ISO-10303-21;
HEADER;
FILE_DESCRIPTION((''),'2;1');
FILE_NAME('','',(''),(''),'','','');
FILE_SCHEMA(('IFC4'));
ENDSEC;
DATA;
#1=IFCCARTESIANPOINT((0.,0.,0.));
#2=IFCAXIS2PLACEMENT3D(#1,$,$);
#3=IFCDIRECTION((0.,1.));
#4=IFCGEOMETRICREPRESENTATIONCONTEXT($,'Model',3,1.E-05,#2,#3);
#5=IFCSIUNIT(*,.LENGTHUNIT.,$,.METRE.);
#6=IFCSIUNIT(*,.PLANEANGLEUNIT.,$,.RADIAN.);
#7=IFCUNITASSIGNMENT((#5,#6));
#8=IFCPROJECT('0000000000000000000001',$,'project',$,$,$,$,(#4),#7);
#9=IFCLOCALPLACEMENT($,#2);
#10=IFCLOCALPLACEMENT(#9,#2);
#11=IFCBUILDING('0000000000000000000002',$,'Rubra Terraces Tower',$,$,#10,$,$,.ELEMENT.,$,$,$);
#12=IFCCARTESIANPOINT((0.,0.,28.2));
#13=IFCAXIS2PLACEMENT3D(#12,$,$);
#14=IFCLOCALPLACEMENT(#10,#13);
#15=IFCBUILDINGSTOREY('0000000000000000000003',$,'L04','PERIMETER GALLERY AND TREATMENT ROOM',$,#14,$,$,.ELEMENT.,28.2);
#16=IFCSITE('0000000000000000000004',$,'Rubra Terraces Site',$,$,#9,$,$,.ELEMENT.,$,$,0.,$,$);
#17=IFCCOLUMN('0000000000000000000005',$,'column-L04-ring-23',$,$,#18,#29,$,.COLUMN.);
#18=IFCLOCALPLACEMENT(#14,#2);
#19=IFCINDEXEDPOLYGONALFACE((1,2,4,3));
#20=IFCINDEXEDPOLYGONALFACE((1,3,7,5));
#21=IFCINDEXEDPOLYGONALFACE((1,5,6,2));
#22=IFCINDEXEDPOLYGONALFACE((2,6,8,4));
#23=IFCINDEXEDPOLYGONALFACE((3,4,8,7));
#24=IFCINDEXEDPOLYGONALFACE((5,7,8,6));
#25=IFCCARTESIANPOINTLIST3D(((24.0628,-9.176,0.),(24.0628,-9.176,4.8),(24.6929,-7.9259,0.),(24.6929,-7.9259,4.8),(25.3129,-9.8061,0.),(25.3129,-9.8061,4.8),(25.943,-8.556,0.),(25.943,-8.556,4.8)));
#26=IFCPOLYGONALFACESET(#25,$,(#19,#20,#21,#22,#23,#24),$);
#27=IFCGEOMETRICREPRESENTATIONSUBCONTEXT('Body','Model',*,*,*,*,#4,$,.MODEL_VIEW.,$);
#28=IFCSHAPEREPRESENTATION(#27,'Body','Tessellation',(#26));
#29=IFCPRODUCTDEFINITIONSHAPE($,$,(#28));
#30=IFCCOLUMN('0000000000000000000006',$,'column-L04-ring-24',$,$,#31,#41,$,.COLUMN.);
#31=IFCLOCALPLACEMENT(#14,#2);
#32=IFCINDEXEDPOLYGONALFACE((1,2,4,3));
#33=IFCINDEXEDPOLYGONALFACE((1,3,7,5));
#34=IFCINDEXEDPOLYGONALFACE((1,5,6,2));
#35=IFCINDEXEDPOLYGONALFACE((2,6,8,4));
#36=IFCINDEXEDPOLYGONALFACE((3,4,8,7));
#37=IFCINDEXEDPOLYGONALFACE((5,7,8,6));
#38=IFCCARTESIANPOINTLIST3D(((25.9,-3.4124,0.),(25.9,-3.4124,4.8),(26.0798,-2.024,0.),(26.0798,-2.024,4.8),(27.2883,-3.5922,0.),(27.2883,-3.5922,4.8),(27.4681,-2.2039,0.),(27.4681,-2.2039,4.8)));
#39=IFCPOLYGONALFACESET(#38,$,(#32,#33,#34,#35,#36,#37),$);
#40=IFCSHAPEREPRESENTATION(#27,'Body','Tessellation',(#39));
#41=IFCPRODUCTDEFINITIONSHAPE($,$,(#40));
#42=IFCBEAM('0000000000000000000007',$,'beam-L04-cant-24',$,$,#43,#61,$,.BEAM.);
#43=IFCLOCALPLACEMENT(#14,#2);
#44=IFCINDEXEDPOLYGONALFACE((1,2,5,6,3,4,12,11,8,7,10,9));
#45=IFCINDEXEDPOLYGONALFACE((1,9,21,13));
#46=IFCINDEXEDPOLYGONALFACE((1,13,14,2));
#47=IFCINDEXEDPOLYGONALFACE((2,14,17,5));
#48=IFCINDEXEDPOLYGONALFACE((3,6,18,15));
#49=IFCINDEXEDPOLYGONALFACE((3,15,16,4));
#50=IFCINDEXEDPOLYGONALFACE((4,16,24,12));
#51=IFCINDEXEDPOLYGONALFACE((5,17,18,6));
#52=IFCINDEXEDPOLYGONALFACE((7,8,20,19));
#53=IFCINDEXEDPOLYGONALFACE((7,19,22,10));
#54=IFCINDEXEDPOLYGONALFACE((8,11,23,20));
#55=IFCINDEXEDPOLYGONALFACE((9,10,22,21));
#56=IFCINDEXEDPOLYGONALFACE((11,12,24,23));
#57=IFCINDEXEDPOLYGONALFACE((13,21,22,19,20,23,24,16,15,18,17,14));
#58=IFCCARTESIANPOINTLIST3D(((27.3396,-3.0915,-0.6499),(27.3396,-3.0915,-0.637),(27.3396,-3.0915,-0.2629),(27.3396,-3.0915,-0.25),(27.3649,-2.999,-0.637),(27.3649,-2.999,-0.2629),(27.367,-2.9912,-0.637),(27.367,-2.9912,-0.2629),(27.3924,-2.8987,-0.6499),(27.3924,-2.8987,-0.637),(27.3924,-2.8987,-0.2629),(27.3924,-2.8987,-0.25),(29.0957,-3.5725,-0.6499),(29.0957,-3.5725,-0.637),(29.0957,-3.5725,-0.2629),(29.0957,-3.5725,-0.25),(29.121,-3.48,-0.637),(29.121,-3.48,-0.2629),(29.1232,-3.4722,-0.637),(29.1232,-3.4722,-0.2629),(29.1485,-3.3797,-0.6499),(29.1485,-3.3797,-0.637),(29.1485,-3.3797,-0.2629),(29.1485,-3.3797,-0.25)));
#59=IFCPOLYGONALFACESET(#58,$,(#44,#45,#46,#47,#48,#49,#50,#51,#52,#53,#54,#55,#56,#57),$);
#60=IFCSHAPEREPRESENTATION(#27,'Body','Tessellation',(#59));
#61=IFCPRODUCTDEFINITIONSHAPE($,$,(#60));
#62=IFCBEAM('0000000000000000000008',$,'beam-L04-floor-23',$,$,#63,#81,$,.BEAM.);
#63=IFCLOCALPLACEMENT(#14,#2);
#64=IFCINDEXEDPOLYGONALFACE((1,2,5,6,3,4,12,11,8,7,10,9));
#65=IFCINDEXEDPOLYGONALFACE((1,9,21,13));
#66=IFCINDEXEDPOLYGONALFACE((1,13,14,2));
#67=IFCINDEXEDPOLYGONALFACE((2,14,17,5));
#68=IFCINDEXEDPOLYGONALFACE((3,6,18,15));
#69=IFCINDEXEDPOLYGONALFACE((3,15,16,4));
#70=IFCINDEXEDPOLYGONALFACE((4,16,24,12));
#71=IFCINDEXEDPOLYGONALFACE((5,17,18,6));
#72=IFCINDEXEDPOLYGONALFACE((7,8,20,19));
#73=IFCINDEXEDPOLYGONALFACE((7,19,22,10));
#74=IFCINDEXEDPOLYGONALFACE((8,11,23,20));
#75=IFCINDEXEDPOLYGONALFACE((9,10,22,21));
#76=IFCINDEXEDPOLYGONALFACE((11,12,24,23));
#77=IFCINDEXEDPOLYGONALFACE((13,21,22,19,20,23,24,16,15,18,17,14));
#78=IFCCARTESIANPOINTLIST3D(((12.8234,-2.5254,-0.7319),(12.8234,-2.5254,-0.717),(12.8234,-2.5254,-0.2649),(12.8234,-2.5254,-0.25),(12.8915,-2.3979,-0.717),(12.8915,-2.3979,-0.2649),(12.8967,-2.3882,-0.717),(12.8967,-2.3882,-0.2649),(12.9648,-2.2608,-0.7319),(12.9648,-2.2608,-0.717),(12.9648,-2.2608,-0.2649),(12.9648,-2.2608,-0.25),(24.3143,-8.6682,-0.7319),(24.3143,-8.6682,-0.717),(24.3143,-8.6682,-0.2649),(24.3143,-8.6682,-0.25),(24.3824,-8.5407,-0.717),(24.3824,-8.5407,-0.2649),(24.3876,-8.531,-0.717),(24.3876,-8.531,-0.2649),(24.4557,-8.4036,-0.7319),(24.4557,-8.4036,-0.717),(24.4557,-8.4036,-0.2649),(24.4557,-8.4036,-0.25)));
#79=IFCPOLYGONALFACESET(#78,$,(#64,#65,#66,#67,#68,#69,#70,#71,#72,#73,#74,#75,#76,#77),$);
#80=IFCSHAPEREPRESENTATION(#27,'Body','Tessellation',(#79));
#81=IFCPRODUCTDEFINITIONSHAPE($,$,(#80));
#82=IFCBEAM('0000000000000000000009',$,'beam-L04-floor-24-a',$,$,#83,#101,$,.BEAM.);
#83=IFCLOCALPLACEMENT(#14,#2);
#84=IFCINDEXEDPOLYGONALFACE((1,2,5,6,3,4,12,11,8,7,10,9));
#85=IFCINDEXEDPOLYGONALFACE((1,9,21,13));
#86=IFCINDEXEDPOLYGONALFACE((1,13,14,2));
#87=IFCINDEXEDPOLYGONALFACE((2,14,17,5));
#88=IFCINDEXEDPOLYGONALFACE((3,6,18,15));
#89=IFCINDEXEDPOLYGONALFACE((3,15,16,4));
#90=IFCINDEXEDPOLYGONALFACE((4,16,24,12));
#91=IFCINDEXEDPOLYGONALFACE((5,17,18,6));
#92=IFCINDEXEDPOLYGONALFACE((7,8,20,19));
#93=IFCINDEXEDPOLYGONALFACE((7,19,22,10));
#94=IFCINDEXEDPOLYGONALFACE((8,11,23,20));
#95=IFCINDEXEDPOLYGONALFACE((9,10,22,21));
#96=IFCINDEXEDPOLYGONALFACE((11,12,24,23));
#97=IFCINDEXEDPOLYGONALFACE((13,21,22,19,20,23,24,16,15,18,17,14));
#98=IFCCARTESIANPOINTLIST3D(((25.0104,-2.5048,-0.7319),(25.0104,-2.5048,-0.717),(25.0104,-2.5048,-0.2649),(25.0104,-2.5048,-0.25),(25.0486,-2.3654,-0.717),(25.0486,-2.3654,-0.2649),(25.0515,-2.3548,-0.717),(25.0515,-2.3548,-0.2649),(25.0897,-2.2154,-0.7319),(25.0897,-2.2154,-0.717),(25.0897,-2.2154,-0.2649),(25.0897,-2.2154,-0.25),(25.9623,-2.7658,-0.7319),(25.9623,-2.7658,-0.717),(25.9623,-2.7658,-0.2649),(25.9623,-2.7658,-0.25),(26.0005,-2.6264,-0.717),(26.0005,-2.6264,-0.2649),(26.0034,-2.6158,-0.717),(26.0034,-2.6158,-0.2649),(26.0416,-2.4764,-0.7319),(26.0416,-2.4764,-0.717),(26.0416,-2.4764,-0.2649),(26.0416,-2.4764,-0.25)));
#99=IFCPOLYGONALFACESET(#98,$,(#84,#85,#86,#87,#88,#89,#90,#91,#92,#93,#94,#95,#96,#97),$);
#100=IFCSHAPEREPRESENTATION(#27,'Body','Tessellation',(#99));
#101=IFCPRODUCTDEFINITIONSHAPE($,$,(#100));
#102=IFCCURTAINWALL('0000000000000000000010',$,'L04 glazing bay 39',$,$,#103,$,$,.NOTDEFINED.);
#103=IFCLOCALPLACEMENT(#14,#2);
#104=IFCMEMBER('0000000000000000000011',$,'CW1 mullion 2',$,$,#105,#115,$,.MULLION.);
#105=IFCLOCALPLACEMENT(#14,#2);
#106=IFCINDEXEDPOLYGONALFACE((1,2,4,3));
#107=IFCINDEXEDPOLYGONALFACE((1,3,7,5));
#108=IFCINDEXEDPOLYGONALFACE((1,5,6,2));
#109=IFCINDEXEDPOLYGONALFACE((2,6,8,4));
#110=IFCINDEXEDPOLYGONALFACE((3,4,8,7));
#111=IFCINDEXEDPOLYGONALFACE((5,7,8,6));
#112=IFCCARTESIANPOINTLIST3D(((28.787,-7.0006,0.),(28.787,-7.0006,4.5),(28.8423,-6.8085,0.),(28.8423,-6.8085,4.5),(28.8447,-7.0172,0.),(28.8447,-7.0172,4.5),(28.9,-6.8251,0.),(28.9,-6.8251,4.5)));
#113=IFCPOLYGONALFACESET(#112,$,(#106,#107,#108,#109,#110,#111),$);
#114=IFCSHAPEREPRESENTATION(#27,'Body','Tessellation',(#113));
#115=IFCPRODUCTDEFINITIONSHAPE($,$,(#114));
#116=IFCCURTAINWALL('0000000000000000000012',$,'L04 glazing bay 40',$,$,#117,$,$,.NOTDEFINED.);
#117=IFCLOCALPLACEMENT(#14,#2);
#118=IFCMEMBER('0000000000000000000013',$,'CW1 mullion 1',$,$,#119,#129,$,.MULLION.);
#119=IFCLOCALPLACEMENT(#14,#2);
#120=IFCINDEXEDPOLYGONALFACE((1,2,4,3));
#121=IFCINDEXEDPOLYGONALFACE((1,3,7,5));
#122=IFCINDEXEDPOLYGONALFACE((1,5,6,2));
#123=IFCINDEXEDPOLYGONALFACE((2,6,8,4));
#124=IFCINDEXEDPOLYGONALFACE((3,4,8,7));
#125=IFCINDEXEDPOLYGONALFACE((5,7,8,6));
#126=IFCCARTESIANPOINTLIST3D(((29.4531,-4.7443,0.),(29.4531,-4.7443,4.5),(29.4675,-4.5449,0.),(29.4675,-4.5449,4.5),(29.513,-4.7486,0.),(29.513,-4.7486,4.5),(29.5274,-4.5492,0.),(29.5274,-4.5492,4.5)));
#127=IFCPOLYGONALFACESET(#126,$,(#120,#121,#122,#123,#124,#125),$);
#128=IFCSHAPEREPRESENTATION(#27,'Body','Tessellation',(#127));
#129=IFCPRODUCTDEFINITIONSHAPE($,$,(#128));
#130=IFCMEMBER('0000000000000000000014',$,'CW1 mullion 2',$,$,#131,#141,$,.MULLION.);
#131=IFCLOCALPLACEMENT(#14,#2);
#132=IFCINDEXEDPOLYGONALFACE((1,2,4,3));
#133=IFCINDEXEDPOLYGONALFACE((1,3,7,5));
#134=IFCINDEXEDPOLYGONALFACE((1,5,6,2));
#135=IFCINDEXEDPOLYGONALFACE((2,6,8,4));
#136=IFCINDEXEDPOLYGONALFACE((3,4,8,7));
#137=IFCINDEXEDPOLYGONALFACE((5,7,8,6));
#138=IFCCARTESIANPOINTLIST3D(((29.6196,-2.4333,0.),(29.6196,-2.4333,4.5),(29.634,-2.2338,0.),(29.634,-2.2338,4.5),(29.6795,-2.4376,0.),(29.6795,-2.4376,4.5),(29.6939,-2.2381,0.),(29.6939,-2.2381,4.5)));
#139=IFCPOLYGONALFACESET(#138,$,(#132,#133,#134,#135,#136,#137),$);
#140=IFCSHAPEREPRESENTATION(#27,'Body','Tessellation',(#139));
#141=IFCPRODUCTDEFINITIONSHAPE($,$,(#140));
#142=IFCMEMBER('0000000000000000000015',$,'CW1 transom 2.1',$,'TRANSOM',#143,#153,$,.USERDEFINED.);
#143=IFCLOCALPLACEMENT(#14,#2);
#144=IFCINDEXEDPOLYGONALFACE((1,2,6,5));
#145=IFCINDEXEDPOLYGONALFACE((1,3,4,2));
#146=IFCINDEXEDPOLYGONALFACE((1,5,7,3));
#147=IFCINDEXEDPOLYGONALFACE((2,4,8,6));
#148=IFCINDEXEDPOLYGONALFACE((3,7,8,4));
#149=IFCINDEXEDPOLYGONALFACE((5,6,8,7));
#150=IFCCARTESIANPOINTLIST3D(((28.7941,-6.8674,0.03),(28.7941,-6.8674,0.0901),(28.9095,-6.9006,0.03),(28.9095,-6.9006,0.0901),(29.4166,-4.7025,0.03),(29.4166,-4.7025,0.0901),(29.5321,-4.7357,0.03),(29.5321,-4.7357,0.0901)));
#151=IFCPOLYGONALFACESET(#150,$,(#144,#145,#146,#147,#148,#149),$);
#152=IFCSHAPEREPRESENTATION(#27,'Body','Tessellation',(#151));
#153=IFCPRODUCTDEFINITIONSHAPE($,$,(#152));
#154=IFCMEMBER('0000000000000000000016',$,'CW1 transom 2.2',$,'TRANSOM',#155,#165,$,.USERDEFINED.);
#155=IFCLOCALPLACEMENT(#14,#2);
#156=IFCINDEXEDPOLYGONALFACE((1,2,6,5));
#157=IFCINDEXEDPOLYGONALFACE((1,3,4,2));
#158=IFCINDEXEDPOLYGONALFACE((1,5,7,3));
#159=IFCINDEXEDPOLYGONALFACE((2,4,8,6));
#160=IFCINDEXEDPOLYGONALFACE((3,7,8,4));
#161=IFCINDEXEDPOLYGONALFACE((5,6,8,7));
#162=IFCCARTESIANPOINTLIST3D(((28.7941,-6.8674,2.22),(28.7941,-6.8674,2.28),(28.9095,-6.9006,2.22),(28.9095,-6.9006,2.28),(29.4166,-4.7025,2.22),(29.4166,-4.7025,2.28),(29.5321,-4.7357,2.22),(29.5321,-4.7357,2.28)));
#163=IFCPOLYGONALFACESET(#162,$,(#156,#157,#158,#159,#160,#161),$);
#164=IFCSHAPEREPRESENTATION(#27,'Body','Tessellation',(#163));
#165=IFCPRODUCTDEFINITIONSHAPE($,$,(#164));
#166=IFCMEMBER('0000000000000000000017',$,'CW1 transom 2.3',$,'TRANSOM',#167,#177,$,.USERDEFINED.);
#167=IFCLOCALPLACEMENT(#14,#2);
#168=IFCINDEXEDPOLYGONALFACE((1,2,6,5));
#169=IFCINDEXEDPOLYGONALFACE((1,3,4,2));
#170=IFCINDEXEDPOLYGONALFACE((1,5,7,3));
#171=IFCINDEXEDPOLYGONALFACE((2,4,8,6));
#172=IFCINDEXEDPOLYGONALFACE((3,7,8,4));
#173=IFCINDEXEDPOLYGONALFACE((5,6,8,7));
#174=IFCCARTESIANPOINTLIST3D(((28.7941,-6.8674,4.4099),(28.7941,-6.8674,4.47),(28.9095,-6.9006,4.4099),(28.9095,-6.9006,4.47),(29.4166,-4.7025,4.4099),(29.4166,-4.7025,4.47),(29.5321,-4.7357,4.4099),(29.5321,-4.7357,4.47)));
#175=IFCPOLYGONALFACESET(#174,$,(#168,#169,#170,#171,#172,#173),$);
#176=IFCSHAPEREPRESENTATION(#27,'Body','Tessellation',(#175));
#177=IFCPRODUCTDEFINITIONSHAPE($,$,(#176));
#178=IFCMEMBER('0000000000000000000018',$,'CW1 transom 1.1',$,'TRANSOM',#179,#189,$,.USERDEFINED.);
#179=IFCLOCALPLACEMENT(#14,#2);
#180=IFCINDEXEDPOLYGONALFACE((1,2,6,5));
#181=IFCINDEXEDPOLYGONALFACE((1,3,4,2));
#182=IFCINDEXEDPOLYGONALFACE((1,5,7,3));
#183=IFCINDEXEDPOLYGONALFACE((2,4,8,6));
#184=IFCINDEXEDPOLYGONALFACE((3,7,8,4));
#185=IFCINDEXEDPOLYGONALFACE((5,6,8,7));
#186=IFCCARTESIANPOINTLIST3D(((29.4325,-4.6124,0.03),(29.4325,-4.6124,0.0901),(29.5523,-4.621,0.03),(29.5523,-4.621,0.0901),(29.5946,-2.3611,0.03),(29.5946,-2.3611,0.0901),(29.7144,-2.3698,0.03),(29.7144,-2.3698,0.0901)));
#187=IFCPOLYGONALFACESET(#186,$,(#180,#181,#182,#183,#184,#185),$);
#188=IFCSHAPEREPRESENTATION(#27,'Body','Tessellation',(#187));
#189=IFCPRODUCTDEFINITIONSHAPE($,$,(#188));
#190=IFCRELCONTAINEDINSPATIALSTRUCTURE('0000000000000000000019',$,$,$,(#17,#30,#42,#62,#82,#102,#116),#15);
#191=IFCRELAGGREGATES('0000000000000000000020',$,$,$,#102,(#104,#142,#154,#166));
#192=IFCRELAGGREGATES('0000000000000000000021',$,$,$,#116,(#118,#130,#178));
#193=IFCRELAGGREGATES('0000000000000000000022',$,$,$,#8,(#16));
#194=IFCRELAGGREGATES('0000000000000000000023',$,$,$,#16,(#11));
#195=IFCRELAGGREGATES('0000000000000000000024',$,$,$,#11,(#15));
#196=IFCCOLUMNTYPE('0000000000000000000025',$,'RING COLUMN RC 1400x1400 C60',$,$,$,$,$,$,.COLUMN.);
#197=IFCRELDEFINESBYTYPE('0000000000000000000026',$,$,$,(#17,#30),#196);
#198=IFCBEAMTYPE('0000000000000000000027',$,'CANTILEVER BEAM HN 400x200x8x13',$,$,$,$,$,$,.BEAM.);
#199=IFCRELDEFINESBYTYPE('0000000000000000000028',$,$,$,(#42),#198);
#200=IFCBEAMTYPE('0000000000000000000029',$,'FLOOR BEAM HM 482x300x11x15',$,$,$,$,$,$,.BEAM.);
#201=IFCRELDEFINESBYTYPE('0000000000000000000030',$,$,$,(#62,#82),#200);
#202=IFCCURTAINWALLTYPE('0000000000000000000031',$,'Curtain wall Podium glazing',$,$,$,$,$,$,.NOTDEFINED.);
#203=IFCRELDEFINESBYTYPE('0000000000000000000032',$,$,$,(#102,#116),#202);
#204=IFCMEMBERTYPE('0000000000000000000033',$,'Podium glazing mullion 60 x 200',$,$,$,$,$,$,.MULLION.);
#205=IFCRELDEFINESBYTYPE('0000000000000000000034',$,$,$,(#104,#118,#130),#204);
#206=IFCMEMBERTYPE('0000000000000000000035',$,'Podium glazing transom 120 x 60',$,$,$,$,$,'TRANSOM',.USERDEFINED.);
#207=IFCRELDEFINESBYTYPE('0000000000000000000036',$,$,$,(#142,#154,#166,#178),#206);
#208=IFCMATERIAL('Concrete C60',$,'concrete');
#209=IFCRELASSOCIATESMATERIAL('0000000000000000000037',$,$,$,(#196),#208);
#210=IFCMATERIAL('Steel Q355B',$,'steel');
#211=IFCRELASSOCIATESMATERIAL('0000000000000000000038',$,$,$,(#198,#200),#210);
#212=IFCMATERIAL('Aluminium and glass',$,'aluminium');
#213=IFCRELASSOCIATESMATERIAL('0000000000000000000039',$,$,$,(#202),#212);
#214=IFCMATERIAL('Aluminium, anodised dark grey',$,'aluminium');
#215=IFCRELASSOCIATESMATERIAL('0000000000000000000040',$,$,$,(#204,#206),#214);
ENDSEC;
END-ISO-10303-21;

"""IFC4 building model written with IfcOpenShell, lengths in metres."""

from ifc_helpers import new_model, si_unit, direction, frame, origin, origin_2d, place, context, subcontext, project, spatial, rectangle, i_section, extrude, material, material_profile, profile_set, type_object, element, aggregate, save


model = new_model("IFC4")

# Units and contexts
model_context = context("Model", 3, precision=1e-05, world=origin(), true_north=direction((0.0, 1.0)))
body_context = subcontext(model_context, "Body", "Model", "MODEL_VIEW")
ifc_project = project(units=[si_unit("LENGTHUNIT", "METRE"), si_unit("PLANEANGLEUNIT", "RADIAN")], contexts=[model_context])

# Site, building, storey
site_placement = place(None, origin())
site = spatial("IfcSite", under=ifc_project, at=site_placement, Name="Rubra Terraces Site", CompositionType="ELEMENT", RefElevation=0.0)
building_placement = place(site_placement, origin())
building = spatial("IfcBuilding", under=site, at=building_placement, Name="Rubra Terraces Tower", CompositionType="ELEMENT")
storey_placement = place(building_placement, frame((0.0, 0.0, 28.2)))
storey = spatial("IfcBuildingStorey", under=building, at=storey_placement, Name="L04", Description="PERIMETER GALLERY AND TREATMENT ROOM", CompositionType="ELEMENT", Elevation=28.2)

# Columns
ifc_material_1 = material(Name="Concrete C60", Category="concrete")
ifc_material_profile_1 = material_profile(ifc_material_1, rectangle(XDim=1.3999, YDim=1.3999, at=origin_2d()), Name="RC 1400x1400")
ifc_profile_set_1 = profile_set([ifc_material_profile_1], Name="Concrete C60")
column_type = type_object("IfcColumnType", Name="RING COLUMN RC 1400x1400 C60", PredefinedType="COLUMN", material=ifc_profile_set_1)
for number, where, z_axis, x_axis, name in (
    (1, (25.0029, -8.866, 0.0), (0.0, 0.0, 1.0), (0.450099, 0.892979, 0.0), "column-L04-ring-23"),
    (2, (26.6841, -2.8081, 0.0), (0.0, 0.0, 1.0), (0.128445, 0.991717, 0.0), "column-L04-ring-24"),
):
    element("IfcColumn", number, at=place(storey_placement, frame(where, z_axis=z_axis, x_axis=x_axis)), inside=storey, type_object=column_type, Name=name, PredefinedType="COLUMN", context=body_context, shape_type="SweptSolid", body=[
        extrude(rectangle(XDim=1.3999, YDim=1.3999, at=origin_2d()), origin(), (0.0, 0.0, 1.0), 4.8),
    ])

# Beams
ifc_material_2 = material(Name="Steel Q355B", Category="steel")
ifc_material_profile_2 = material_profile(ifc_material_2, i_section(OverallWidth=0.2, OverallDepth=0.3999, WebThickness=0.0081, FlangeThickness=0.0129, at=origin_2d()), Name="HN 400x200x8x13")
ifc_profile_set_2 = profile_set([ifc_material_profile_2], Name="Steel Q355B")
beam_type_1 = type_object("IfcBeamType", Name="CANTILEVER BEAM HN 400x200x8x13", PredefinedType="BEAM", material=ifc_profile_set_2)
beam_1_placement = place(storey_placement, frame((27.366, -2.9951, -0.45), z_axis=(0.964482, -0.26415, 0.0), x_axis=(0.26415, 0.964482, 0.0)))
element("IfcBeam", 3, at=beam_1_placement, inside=storey, type_object=beam_type_1, Name="beam-L04-cant-24", PredefinedType="BEAM", context=body_context, shape_type="SweptSolid", body=[
    extrude(i_section(OverallWidth=0.2, OverallDepth=0.3999, WebThickness=0.0081, FlangeThickness=0.0129, at=origin_2d()), origin(), (0.0, 0.0, 1.0), 1.8208),
])
ifc_material_profile_3 = material_profile(ifc_material_2, i_section(OverallWidth=0.3, OverallDepth=0.4819, WebThickness=0.011, FlangeThickness=0.0149, at=origin_2d()), Name="HM 482x300x11x15")
ifc_profile_set_3 = profile_set([ifc_material_profile_3], Name="Steel Q355B")
beam_type_2 = type_object("IfcBeamType", Name="FLOOR BEAM HM 482x300x11x15", PredefinedType="BEAM", material=ifc_profile_set_3)
beam_2_placement = place(storey_placement, frame((24.385, -8.5359, -0.491), z_axis=(-0.881897, 0.471443, 0.0), x_axis=(-0.471443, -0.881897, 0.0)))
element("IfcBeam", 4, at=beam_2_placement, inside=storey, type_object=beam_type_2, Name="beam-L04-floor-23", PredefinedType="BEAM", context=body_context, shape_type="SweptSolid", body=[
    extrude(i_section(OverallWidth=0.3, OverallDepth=0.4819, WebThickness=0.011, FlangeThickness=0.0149, at=origin_2d()), origin(), (0.0, 0.0, 1.0), 13.0298),
])
beam_3_placement = place(storey_placement, frame((26.002, -2.6211, -0.491), z_axis=(-0.964409, 0.264415, 0.0), x_axis=(-0.264415, -0.964409, 0.0)))
element("IfcBeam", 5, at=beam_3_placement, inside=storey, type_object=beam_type_2, Name="beam-L04-floor-24-a", PredefinedType="BEAM", context=body_context, shape_type="SweptSolid", body=[
    extrude(i_section(OverallWidth=0.3, OverallDepth=0.4819, WebThickness=0.011, FlangeThickness=0.0149, at=origin_2d()), origin(), (0.0, 0.0, 1.0), 0.9871),
])

# Curtain wall, member
ifc_material_3 = material(Name="Aluminium and glass", Category="aluminium")
curtain_wall_type = type_object("IfcCurtainWallType", Name="Curtain wall Podium glazing", PredefinedType="NOTDEFINED", material=ifc_material_3)
curtain_wall_1_placement = place(storey_placement, origin())
curtain_wall_1 = element("IfcCurtainWall", 6, at=curtain_wall_1_placement, inside=storey, type_object=curtain_wall_type, Name="L04 glazing bay 39", PredefinedType="NOTDEFINED")
ifc_material_4 = material(Name="Aluminium, anodised dark grey", Category="aluminium")
ifc_material_profile_4 = material_profile(ifc_material_4, rectangle(XDim=0.0601, YDim=0.2, at=origin_2d()), Name="AL 60x200")
ifc_profile_set_4 = profile_set([ifc_material_profile_4], Name="Aluminium, anodised dark grey")
member_type_1 = type_object("IfcMemberType", Name="Podium glazing mullion 60 x 200", PredefinedType="MULLION", material=ifc_profile_set_4)
member_1_placement = place(storey_placement, frame((28.8435, -6.9128, 0.0), z_axis=(0.0, 0.0, 1.0), x_axis=(-0.961047, 0.276384, 0.0)))
member_1 = element("IfcMember", 7, at=member_1_placement, type_object=member_type_1, Name="CW1 mullion 2", PredefinedType="MULLION", context=body_context, shape_type="SweptSolid", body=[
    extrude(rectangle(XDim=0.0601, YDim=0.2, at=origin_2d()), origin(), (0.0, 0.0, 1.0), 4.5),
])

# Curtain wall, members
curtain_wall_2_placement = place(storey_placement, origin())
curtain_wall_2 = element("IfcCurtainWall", 8, at=curtain_wall_2_placement, inside=storey, type_object=curtain_wall_type, Name="L04 glazing bay 40", PredefinedType="NOTDEFINED")
member_2_placement = place(storey_placement, frame((29.4902, -4.6467, 0.0), z_axis=(0.0, 0.0, 1.0), x_axis=(-0.99742, 0.071792, 0.0)))
member_2 = element("IfcMember", 9, at=member_2_placement, type_object=member_type_1, Name="CW1 mullion 1", PredefinedType="MULLION", context=body_context, shape_type="SweptSolid", body=[
    extrude(rectangle(XDim=0.0601, YDim=0.2, at=origin_2d()), origin(), (0.0, 0.0, 1.0), 4.5),
])
member_3_placement = place(storey_placement, frame((29.6567, -2.3357, 0.0), z_axis=(0.0, 0.0, 1.0), x_axis=(-0.99742, 0.071792, 0.0)))
member_3 = element("IfcMember", 10, at=member_3_placement, type_object=member_type_1, Name="CW1 mullion 2", PredefinedType="MULLION", context=body_context, shape_type="SweptSolid", body=[
    extrude(rectangle(XDim=0.0601, YDim=0.2, at=origin_2d()), origin(), (0.0, 0.0, 1.0), 4.5),
])

# Members
ifc_material_profile_5 = material_profile(ifc_material_4, rectangle(XDim=0.1201, YDim=0.0601, at=origin_2d()), Name="AL 120x60")
ifc_profile_set_5 = profile_set([ifc_material_profile_5], Name="Aluminium, anodised dark grey")
member_type_2 = type_object("IfcMemberType", Name="Podium glazing transom 120 x 60", ElementType="TRANSOM", PredefinedType="USERDEFINED", material=ifc_profile_set_5)
member_4_placement = place(storey_placement, frame((28.8518, -6.884, 0.0601), z_axis=(0.276352, 0.961056, 0.0), x_axis=(-0.961056, 0.276352, 0.0)))
member_4 = element("IfcMember", 11, at=member_4_placement, type_object=member_type_2, Name="CW1 transom 2.1", ObjectType="TRANSOM", PredefinedType="USERDEFINED", context=body_context, shape_type="SweptSolid", body=[
    extrude(rectangle(XDim=0.1201, YDim=0.0601, at=origin_2d()), origin(), (0.0, 0.0, 1.0), 2.2527),
])
member_5_placement = place(storey_placement, frame((28.8518, -6.884, 2.25), z_axis=(0.276352, 0.961056, 0.0), x_axis=(-0.961056, 0.276352, 0.0)))
member_5 = element("IfcMember", 12, at=member_5_placement, type_object=member_type_2, Name="CW1 transom 2.2", ObjectType="TRANSOM", PredefinedType="USERDEFINED", context=body_context, shape_type="SweptSolid", body=[
    extrude(rectangle(XDim=0.1201, YDim=0.0601, at=origin_2d()), origin(), (0.0, 0.0, 1.0), 2.2527),
])
member_6_placement = place(storey_placement, frame((28.8518, -6.884, 4.4399), z_axis=(0.276352, 0.961056, 0.0), x_axis=(-0.961056, 0.276352, 0.0)))
member_6 = element("IfcMember", 13, at=member_6_placement, type_object=member_type_2, Name="CW1 transom 2.3", ObjectType="TRANSOM", PredefinedType="USERDEFINED", context=body_context, shape_type="SweptSolid", body=[
    extrude(rectangle(XDim=0.1201, YDim=0.0601, at=origin_2d()), origin(), (0.0, 0.0, 1.0), 2.2527),
])
member_7_placement = place(storey_placement, frame((29.4924, -4.6167, 0.0601), z_axis=(0.071824, 0.997417, 0.0), x_axis=(-0.997417, 0.071824, 0.0)))
member_7 = element("IfcMember", 14, at=member_7_placement, type_object=member_type_2, Name="CW1 transom 1.1", ObjectType="TRANSOM", PredefinedType="USERDEFINED", context=body_context, shape_type="SweptSolid", body=[
    extrude(rectangle(XDim=0.1201, YDim=0.0601, at=origin_2d()), origin(), (0.0, 0.0, 1.0), 2.2571),
])

aggregate(curtain_wall_1, [member_1, member_4, member_5, member_6])
aggregate(curtain_wall_2, [member_2, member_3, member_7])

save(model, "model.ifc")
